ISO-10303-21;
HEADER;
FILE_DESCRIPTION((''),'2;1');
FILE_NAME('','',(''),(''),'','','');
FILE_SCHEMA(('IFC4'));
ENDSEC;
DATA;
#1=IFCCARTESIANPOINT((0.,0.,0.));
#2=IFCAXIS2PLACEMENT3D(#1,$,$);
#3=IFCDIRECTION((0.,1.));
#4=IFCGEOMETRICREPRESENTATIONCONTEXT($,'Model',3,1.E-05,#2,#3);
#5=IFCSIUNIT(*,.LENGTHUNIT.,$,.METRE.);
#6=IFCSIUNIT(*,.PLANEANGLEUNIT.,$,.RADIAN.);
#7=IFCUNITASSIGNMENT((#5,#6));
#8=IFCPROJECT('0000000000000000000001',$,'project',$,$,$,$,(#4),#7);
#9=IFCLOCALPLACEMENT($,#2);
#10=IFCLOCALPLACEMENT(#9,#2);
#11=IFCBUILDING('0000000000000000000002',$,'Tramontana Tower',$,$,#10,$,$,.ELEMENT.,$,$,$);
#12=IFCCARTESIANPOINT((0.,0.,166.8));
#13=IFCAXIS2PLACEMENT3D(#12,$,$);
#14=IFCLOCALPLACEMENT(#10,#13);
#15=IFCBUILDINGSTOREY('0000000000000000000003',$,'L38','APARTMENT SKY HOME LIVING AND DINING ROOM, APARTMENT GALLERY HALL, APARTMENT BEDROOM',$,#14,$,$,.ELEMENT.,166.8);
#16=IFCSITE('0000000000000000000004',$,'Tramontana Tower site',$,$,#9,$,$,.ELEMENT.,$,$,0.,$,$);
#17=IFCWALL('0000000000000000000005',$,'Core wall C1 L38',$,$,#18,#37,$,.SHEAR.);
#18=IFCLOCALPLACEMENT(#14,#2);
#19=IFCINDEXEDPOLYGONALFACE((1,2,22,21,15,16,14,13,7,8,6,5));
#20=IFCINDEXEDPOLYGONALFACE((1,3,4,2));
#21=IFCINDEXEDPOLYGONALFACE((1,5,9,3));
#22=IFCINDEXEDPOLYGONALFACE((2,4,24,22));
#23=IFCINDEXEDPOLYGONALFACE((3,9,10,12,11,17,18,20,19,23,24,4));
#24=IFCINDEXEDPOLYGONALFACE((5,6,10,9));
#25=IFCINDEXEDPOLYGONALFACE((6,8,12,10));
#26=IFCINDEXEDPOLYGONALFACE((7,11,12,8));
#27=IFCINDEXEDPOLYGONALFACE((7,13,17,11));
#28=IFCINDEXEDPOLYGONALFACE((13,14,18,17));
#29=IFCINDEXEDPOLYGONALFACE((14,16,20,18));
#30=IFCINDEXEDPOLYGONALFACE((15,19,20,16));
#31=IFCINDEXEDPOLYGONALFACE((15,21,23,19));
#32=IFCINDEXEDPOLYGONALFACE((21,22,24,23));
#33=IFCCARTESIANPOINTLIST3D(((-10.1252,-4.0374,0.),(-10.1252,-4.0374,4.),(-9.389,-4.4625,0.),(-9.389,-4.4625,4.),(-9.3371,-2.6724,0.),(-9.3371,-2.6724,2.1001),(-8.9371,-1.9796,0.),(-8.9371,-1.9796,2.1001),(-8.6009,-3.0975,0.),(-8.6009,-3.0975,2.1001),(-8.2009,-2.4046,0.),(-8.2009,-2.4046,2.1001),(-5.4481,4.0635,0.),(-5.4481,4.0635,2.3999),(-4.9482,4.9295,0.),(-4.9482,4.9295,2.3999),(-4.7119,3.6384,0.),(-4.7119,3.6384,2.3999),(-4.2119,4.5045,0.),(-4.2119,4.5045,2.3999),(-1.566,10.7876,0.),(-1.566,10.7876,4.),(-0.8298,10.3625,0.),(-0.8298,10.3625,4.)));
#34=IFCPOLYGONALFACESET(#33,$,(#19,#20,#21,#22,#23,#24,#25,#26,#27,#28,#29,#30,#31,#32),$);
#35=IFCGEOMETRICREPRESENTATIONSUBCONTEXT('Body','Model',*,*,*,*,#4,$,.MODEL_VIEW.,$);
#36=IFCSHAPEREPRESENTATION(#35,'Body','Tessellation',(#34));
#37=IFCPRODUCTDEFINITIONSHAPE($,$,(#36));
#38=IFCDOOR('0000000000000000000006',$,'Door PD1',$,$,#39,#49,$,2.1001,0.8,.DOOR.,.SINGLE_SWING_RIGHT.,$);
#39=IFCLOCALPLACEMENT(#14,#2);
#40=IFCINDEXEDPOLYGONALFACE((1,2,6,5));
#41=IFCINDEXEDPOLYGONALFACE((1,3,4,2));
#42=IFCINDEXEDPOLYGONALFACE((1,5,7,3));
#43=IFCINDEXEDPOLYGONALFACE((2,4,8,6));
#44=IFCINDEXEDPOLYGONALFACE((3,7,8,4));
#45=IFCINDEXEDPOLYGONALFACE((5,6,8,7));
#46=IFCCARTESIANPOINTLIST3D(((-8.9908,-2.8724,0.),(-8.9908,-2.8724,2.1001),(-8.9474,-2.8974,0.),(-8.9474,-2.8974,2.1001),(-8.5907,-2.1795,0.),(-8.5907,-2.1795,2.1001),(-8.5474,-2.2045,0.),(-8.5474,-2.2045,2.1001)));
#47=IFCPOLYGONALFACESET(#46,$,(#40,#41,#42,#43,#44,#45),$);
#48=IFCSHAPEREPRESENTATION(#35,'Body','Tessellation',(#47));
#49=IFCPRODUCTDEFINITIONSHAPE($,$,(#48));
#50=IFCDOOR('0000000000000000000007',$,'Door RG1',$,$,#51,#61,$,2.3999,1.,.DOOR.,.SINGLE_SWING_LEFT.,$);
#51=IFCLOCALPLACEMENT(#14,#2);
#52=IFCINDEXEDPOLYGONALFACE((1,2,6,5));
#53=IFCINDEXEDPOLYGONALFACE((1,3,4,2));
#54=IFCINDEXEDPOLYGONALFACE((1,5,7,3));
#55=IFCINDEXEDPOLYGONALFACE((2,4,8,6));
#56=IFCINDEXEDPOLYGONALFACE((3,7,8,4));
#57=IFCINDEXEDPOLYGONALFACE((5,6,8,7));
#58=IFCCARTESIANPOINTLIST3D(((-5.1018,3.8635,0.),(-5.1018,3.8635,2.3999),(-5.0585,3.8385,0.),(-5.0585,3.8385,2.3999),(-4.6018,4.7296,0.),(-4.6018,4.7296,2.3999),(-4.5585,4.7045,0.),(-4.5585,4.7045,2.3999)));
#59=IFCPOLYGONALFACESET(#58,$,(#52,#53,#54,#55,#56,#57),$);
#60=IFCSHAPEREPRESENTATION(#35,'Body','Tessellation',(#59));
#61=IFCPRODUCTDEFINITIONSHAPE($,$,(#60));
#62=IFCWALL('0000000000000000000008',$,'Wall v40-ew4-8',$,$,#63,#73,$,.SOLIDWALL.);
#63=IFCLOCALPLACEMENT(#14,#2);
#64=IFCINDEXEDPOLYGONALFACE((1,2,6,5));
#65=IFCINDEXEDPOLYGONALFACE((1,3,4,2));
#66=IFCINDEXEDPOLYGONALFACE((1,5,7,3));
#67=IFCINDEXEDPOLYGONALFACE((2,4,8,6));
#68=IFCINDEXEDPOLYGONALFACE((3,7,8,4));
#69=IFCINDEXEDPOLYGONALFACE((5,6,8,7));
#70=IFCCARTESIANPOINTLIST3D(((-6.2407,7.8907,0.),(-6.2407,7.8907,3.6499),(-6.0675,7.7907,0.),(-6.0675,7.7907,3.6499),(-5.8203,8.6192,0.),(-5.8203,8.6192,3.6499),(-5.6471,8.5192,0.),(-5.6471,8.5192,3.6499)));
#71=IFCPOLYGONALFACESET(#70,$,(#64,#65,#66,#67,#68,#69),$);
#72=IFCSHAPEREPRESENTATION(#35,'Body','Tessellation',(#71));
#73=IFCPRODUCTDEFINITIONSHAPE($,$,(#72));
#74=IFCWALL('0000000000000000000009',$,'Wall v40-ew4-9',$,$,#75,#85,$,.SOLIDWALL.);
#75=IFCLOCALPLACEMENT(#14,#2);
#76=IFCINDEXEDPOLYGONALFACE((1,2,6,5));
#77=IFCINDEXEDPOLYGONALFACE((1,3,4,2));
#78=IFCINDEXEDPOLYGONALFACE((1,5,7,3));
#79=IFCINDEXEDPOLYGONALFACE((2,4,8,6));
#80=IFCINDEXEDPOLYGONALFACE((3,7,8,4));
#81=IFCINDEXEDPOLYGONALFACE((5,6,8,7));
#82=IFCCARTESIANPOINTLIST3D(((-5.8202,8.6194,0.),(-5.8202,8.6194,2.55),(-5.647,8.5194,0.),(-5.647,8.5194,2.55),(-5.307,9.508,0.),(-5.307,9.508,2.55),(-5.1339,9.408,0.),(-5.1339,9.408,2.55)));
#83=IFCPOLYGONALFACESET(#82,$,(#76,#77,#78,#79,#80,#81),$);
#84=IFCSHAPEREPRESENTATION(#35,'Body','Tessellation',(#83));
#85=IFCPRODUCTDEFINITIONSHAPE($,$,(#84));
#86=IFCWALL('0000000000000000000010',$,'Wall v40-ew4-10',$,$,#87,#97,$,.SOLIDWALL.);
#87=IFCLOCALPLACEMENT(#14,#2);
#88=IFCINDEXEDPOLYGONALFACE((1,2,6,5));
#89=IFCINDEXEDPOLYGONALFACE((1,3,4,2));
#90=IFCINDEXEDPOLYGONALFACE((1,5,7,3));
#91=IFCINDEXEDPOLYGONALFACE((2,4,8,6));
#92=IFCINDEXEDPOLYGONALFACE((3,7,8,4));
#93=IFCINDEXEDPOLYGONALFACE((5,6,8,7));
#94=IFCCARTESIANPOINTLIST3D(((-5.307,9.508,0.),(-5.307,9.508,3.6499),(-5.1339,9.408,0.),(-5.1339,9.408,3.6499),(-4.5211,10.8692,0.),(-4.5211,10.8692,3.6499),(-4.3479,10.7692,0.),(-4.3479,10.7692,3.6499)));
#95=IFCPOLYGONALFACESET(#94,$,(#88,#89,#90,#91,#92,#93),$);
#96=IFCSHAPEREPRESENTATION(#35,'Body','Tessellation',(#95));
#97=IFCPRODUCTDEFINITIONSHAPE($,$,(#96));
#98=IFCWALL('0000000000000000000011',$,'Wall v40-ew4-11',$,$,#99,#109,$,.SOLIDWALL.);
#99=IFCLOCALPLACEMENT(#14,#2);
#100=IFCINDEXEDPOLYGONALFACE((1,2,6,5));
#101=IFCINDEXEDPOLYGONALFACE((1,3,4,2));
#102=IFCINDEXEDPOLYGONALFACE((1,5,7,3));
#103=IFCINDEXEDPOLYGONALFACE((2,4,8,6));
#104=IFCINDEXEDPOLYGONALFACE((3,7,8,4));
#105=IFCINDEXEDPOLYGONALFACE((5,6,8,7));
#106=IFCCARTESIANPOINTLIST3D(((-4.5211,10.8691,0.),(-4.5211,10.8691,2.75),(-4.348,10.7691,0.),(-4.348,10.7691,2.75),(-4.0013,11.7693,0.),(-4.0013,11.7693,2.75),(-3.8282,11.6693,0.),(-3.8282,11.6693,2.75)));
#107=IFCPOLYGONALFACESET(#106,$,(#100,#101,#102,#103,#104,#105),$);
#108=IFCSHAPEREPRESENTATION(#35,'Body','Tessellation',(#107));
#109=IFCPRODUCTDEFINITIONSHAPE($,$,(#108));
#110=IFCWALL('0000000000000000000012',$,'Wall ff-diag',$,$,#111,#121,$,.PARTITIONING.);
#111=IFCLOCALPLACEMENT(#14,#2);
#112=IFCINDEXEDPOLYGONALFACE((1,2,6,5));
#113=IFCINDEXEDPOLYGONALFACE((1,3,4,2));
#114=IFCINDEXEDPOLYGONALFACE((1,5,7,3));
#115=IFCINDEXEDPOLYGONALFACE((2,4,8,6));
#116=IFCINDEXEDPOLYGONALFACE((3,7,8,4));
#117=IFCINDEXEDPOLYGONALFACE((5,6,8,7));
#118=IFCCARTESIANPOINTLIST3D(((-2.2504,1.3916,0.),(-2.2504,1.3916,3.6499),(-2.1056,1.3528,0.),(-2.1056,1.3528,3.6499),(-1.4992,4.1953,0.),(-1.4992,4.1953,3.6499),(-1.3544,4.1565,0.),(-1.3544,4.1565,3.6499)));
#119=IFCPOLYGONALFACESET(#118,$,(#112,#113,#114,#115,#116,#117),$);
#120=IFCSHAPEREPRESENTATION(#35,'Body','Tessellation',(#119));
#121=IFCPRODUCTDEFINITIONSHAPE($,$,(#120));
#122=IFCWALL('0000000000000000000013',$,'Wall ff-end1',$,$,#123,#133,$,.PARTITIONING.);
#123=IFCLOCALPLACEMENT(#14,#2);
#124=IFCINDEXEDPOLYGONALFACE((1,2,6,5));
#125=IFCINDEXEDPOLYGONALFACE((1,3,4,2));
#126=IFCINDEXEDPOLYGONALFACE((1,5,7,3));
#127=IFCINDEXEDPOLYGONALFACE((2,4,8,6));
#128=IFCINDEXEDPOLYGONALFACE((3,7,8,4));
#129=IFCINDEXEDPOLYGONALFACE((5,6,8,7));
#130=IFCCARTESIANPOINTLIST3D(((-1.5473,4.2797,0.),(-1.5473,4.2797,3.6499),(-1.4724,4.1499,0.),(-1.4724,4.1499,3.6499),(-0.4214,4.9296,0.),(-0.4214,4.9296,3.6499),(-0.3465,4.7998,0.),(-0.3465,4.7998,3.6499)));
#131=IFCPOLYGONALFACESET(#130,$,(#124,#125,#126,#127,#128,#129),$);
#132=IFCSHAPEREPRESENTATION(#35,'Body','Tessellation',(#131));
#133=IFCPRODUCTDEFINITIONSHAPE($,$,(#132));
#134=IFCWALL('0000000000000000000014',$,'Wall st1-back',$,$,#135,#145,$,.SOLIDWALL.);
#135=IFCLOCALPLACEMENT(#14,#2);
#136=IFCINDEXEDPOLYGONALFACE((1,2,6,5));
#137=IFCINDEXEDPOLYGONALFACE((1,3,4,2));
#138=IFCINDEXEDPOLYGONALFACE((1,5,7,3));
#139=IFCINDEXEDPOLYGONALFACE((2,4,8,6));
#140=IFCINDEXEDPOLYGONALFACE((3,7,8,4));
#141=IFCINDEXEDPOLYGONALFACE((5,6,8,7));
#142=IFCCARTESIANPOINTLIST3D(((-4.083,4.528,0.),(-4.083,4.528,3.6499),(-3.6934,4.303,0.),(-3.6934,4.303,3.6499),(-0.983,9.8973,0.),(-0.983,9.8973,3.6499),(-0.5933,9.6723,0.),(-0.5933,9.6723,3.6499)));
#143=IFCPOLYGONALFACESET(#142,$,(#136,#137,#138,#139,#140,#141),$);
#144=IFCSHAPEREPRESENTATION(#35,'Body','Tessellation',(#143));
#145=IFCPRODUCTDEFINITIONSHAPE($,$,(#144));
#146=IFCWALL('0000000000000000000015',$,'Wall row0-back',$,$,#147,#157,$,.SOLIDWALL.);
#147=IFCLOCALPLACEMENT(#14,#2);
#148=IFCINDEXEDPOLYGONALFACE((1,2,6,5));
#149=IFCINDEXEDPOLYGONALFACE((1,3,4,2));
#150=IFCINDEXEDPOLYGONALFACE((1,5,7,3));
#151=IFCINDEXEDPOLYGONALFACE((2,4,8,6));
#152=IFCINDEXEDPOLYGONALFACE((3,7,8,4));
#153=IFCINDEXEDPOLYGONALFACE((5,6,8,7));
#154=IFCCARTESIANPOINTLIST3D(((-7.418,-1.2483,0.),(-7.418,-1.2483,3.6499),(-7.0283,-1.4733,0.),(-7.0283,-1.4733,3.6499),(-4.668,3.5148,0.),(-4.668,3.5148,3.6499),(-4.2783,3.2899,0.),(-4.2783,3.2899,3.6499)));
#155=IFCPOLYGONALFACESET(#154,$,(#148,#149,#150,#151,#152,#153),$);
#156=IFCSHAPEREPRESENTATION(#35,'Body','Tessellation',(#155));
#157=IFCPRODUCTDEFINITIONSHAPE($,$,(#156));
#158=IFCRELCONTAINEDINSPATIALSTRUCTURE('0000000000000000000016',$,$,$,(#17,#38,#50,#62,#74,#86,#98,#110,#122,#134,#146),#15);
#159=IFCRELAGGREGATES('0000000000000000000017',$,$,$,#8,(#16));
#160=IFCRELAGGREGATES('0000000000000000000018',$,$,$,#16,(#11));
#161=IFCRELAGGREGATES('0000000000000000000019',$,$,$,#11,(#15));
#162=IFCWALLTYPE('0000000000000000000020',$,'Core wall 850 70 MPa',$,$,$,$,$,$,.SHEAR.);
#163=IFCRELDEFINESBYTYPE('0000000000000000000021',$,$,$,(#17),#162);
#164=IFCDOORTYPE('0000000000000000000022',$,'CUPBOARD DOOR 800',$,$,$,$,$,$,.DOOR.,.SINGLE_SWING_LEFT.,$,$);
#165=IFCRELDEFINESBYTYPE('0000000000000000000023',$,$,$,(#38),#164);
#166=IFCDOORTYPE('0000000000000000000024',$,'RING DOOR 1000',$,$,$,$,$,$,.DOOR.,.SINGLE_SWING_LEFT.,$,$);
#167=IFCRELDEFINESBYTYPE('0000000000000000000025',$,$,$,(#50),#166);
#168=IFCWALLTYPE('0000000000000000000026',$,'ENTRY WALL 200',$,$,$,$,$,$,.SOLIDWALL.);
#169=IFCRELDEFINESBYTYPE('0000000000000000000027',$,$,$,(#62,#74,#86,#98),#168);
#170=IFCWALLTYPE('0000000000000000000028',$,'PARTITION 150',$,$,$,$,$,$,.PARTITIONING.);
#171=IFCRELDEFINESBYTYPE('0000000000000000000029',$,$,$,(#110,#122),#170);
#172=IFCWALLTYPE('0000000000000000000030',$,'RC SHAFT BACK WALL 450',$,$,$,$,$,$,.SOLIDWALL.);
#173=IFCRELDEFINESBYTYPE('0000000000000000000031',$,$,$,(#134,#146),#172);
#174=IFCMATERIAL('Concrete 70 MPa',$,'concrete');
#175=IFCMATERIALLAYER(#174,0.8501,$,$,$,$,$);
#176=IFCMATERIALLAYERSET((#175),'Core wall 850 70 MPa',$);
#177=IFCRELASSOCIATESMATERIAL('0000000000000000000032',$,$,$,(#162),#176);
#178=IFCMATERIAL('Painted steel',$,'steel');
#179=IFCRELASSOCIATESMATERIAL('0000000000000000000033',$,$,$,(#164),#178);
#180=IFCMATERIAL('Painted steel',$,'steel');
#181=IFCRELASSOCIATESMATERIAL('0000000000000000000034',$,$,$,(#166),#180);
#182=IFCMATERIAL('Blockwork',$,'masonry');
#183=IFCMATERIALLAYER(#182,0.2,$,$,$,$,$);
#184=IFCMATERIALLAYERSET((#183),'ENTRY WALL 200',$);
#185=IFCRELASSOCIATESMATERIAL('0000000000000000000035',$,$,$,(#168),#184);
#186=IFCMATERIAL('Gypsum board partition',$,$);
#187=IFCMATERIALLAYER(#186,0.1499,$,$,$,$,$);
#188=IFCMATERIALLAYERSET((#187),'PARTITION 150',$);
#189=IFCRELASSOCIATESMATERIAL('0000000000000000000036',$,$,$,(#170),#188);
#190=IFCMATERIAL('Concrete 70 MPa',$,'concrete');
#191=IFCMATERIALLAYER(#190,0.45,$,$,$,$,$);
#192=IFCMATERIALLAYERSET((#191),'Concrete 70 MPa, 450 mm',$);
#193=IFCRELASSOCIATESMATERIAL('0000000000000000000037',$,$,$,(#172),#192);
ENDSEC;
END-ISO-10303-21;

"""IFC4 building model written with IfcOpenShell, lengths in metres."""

from ifc_helpers import new_model, si_unit, direction, frame, frame_2d, origin, place, context, subcontext, project, spatial, rectangle, extrude, material, layer, layer_set, type_object, element, fill, save


model = new_model("IFC4")

# Units and contexts
model_context = context("Model", 3, precision=1e-05, world=origin(), true_north=direction((0.0, 1.0)))
body_context = subcontext(model_context, "Body", "Model", "MODEL_VIEW")
ifc_project = project(units=[si_unit("LENGTHUNIT", "METRE"), si_unit("PLANEANGLEUNIT", "RADIAN")], contexts=[model_context])

# Site, building, storey
site_placement = place(None, origin())
site = spatial("IfcSite", under=ifc_project, at=site_placement, Name="Tramontana Tower site", CompositionType="ELEMENT", RefElevation=0.0)
building_placement = place(site_placement, origin())
building = spatial("IfcBuilding", under=site, at=building_placement, Name="Tramontana Tower", CompositionType="ELEMENT")
storey_placement = place(building_placement, frame((0.0, 0.0, 166.8)))
storey = spatial("IfcBuildingStorey", under=building, at=storey_placement, Name="L38", Description="APARTMENT SKY HOME LIVING AND DINING ROOM, APARTMENT GALLERY HALL, APARTMENT BEDROOM", CompositionType="ELEMENT", Elevation=166.8)

# Wall, openings, doors
ifc_material_1 = material(Name="Concrete 70 MPa", Category="concrete")
ifc_layer_1 = layer(ifc_material_1, 0.8501)
ifc_layer_set_1 = layer_set([ifc_layer_1], Name="Core wall 850 70 MPa")
wall_type_1 = type_object("IfcWallType", Name="Core wall 850 70 MPa", PredefinedType="SHEAR", material=ifc_layer_set_1)
wall_1_placement = place(storey_placement, frame((-1.198, 10.575, 0.0), z_axis=(0.0, 0.0, 1.0), x_axis=(-0.499995, -0.866028, 0.0)))
wall_1 = element("IfcWall", 1, at=wall_1_placement, inside=storey, type_object=wall_type_1, Name="Core wall C1 L38", PredefinedType="SHEAR", context=body_context, shape_type="SweptSolid", body=[
    extrude(rectangle(XDim=17.1184, YDim=0.8501, at=frame_2d((8.5591, 0.0))), origin(), (0.0, 0.0, 1.0), 4.0),
])
opening_1_placement = place(wall_1_placement, frame((6.7642, 0.0, 0.0)))
opening_1 = element("IfcOpeningElement", 2, at=opening_1_placement, cuts=wall_1, PredefinedType="OPENING", context=body_context, shape_type="SweptSolid", body=[
    extrude(rectangle(XDim=1.0, YDim=2.3999, at=frame_2d((0.5, 1.2))), frame((0.0, 0.4351, 0.0), z_axis=(0.0, -1.0, 0.0), x_axis=(1.0, 0.0, 0.0)), (0.0, 0.0, 1.0), 0.8701),
])
opening_2_placement = place(wall_1_placement, frame((14.7422, 0.0, 0.0)))
opening_2 = element("IfcOpeningElement", 3, at=opening_2_placement, cuts=wall_1, PredefinedType="OPENING", context=body_context, shape_type="SweptSolid", body=[
    extrude(rectangle(XDim=0.8, YDim=2.1001, at=frame_2d((0.3999, 1.05))), frame((0.0, 0.4351, 0.0), z_axis=(0.0, -1.0, 0.0), x_axis=(1.0, 0.0, 0.0)), (0.0, 0.0, 1.0), 0.8701),
])
ifc_material_2 = material(Name="Painted steel", Category="steel")
door_type_1 = type_object("IfcDoorType", Name="CUPBOARD DOOR 800", OperationType="SINGLE_SWING_LEFT", PredefinedType="DOOR", material=ifc_material_2)
door_1_placement = place(opening_2_placement, origin())
door_1 = element("IfcDoor", 4, at=door_1_placement, inside=storey, type_object=door_type_1, Name="Door PD1", OperationType="SINGLE_SWING_RIGHT", OverallHeight=2.1001, OverallWidth=0.8, PredefinedType="DOOR", context=body_context, shape_type="SweptSolid", body=[
    extrude(rectangle(XDim=0.8, YDim=2.1001, at=frame_2d((0.3999, 1.05))), frame((0.0, 0.0249, 0.0), z_axis=(0.0, -1.0, 0.0), x_axis=(1.0, 0.0, 0.0)), (0.0, 0.0, 1.0), 0.05),
])
fill(opening_2, door_1)
ifc_material_3 = material(Name="Painted steel", Category="steel")
door_type_2 = type_object("IfcDoorType", Name="RING DOOR 1000", OperationType="SINGLE_SWING_LEFT", PredefinedType="DOOR", material=ifc_material_3)
door_2_placement = place(opening_1_placement, origin())
door_2 = element("IfcDoor", 5, at=door_2_placement, inside=storey, type_object=door_type_2, Name="Door RG1", OperationType="SINGLE_SWING_LEFT", OverallHeight=2.3999, OverallWidth=1.0, PredefinedType="DOOR", context=body_context, shape_type="SweptSolid", body=[
    extrude(rectangle(XDim=1.0, YDim=2.3999, at=frame_2d((0.5, 1.2))), frame((0.0, 0.0249, 0.0), z_axis=(0.0, -1.0, 0.0), x_axis=(1.0, 0.0, 0.0)), (0.0, 0.0, 1.0), 0.05),
])
fill(opening_1, door_2)

# Shared definitions
ifc_material_4 = material(Name="Blockwork", Category="masonry")
ifc_layer_2 = layer(ifc_material_4, 0.2)
ifc_layer_set_2 = layer_set([ifc_layer_2], Name="ENTRY WALL 200")
wall_type_2 = type_object("IfcWallType", Name="ENTRY WALL 200", PredefinedType="SOLIDWALL", material=ifc_layer_set_2)

# Walls
wall_2_placement = place(storey_placement, frame((-6.1541, 7.8408, 0.0), z_axis=(0.0, 0.0, 1.0), x_axis=(0.499823, 0.866128, 0.0)))
element("IfcWall", 6, at=wall_2_placement, inside=storey, type_object=wall_type_2, Name="Wall v40-ew4-8", PredefinedType="SOLIDWALL", context=body_context, shape_type="SweptSolid", body=[
    extrude(rectangle(XDim=0.8411, YDim=0.2, at=frame_2d((0.4204, 0.0))), origin(), (0.0, 0.0, 1.0), 3.6499),
])
wall_3_placement = place(storey_placement, frame((-5.7336, 8.5693, 0.0), z_axis=(0.0, 0.0, 1.0), x_axis=(0.500079, 0.86598, 0.0)))
element("IfcWall", 7, at=wall_3_placement, inside=storey, type_object=wall_type_2, Name="Wall v40-ew4-9", PredefinedType="SOLIDWALL", context=body_context, shape_type="SweptSolid", body=[
    extrude(rectangle(XDim=1.0261, YDim=0.2, at=frame_2d((0.5132, 0.0))), origin(), (0.0, 0.0, 1.0), 2.55),
])
wall_4_placement = place(storey_placement, frame((-5.2205, 9.458, 0.0), z_axis=(0.0, 0.0, 1.0), x_axis=(0.500032, 0.866007, 0.0)))
element("IfcWall", 8, at=wall_4_placement, inside=storey, type_object=wall_type_2, Name="Wall v40-ew4-10", PredefinedType="SOLIDWALL", context=body_context, shape_type="SweptSolid", body=[
    extrude(rectangle(XDim=1.5718, YDim=0.2, at=frame_2d((0.7859, 0.0))), origin(), (0.0, 0.0, 1.0), 3.6499),
])
wall_5_placement = place(storey_placement, frame((-4.4346, 10.8191, 0.0), z_axis=(0.0, 0.0, 1.0), x_axis=(0.500055, 0.865994, 0.0)))
element("IfcWall", 9, at=wall_5_placement, inside=storey, type_object=wall_type_2, Name="Wall v40-ew4-11", PredefinedType="SOLIDWALL", context=body_context, shape_type="SweptSolid", body=[
    extrude(rectangle(XDim=1.0396, YDim=0.2, at=frame_2d((0.5198, 0.0))), origin(), (0.0, 0.0, 1.0), 2.75),
])
ifc_material_5 = material(Name="Gypsum board partition")
ifc_layer_3 = layer(ifc_material_5, 0.1499)
ifc_layer_set_3 = layer_set([ifc_layer_3], Name="PARTITION 150")
wall_type_3 = type_object("IfcWallType", Name="PARTITION 150", PredefinedType="PARTITIONING", material=ifc_layer_set_3)
wall_6_placement = place(storey_placement, frame((-2.178, 1.3723, 0.0), z_axis=(0.0, 0.0, 1.0), x_axis=(0.258809, 0.965929, 0.0)))
element("IfcWall", 10, at=wall_6_placement, inside=storey, type_object=wall_type_3, Name="Wall ff-diag", PredefinedType="PARTITIONING", context=body_context, shape_type="SweptSolid", body=[
    extrude(rectangle(XDim=2.9026, YDim=0.1499, at=frame_2d((1.4512, 0.0))), origin(), (0.0, 0.0, 1.0), 3.6499),
])
wall_7_placement = place(storey_placement, frame((-1.5098, 4.2148, 0.0), z_axis=(0.0, 0.0, 1.0), x_axis=(0.866086, 0.499896, 0.0)))
element("IfcWall", 11, at=wall_7_placement, inside=storey, type_object=wall_type_3, Name="Wall ff-end1", PredefinedType="PARTITIONING", context=body_context, shape_type="SweptSolid", body=[
    extrude(rectangle(XDim=1.3, YDim=0.1499, at=frame_2d((0.6499, 0.0))), origin(), (0.0, 0.0, 1.0), 3.6499),
])
ifc_material_6 = material(Name="Concrete 70 MPa", Category="concrete")
ifc_layer_4 = layer(ifc_material_6, 0.45)
ifc_layer_set_4 = layer_set([ifc_layer_4], Name="Concrete 70 MPa, 450 mm")
wall_type_4 = type_object("IfcWallType", Name="RC SHAFT BACK WALL 450", PredefinedType="SOLIDWALL", material=ifc_layer_set_4)
wall_8_placement = place(storey_placement, frame((-0.7881, 9.7849, 0.0), z_axis=(0.0, 0.0, 1.0), x_axis=(-0.50001, -0.86602, 0.0)))
element("IfcWall", 12, at=wall_8_placement, inside=storey, type_object=wall_type_4, Name="Wall st1-back", PredefinedType="SOLIDWALL", context=body_context, shape_type="SweptSolid", body=[
    extrude(rectangle(XDim=6.2, YDim=0.45, at=frame_2d((3.1001, 0.0))), origin(), (0.0, 0.0, 1.0), 3.6499),
])
wall_9_placement = place(storey_placement, frame((-4.4731, 3.4023, 0.0), z_axis=(0.0, 0.0, 1.0), x_axis=(-0.499997, -0.866027, 0.0)))
element("IfcWall", 13, at=wall_9_placement, inside=storey, type_object=wall_type_4, Name="Wall row0-back", PredefinedType="SOLIDWALL", context=body_context, shape_type="SweptSolid", body=[
    extrude(rectangle(XDim=5.5, YDim=0.45, at=frame_2d((2.75, 0.0))), origin(), (0.0, 0.0, 1.0), 3.6499),
])

save(model, "model.ifc")
